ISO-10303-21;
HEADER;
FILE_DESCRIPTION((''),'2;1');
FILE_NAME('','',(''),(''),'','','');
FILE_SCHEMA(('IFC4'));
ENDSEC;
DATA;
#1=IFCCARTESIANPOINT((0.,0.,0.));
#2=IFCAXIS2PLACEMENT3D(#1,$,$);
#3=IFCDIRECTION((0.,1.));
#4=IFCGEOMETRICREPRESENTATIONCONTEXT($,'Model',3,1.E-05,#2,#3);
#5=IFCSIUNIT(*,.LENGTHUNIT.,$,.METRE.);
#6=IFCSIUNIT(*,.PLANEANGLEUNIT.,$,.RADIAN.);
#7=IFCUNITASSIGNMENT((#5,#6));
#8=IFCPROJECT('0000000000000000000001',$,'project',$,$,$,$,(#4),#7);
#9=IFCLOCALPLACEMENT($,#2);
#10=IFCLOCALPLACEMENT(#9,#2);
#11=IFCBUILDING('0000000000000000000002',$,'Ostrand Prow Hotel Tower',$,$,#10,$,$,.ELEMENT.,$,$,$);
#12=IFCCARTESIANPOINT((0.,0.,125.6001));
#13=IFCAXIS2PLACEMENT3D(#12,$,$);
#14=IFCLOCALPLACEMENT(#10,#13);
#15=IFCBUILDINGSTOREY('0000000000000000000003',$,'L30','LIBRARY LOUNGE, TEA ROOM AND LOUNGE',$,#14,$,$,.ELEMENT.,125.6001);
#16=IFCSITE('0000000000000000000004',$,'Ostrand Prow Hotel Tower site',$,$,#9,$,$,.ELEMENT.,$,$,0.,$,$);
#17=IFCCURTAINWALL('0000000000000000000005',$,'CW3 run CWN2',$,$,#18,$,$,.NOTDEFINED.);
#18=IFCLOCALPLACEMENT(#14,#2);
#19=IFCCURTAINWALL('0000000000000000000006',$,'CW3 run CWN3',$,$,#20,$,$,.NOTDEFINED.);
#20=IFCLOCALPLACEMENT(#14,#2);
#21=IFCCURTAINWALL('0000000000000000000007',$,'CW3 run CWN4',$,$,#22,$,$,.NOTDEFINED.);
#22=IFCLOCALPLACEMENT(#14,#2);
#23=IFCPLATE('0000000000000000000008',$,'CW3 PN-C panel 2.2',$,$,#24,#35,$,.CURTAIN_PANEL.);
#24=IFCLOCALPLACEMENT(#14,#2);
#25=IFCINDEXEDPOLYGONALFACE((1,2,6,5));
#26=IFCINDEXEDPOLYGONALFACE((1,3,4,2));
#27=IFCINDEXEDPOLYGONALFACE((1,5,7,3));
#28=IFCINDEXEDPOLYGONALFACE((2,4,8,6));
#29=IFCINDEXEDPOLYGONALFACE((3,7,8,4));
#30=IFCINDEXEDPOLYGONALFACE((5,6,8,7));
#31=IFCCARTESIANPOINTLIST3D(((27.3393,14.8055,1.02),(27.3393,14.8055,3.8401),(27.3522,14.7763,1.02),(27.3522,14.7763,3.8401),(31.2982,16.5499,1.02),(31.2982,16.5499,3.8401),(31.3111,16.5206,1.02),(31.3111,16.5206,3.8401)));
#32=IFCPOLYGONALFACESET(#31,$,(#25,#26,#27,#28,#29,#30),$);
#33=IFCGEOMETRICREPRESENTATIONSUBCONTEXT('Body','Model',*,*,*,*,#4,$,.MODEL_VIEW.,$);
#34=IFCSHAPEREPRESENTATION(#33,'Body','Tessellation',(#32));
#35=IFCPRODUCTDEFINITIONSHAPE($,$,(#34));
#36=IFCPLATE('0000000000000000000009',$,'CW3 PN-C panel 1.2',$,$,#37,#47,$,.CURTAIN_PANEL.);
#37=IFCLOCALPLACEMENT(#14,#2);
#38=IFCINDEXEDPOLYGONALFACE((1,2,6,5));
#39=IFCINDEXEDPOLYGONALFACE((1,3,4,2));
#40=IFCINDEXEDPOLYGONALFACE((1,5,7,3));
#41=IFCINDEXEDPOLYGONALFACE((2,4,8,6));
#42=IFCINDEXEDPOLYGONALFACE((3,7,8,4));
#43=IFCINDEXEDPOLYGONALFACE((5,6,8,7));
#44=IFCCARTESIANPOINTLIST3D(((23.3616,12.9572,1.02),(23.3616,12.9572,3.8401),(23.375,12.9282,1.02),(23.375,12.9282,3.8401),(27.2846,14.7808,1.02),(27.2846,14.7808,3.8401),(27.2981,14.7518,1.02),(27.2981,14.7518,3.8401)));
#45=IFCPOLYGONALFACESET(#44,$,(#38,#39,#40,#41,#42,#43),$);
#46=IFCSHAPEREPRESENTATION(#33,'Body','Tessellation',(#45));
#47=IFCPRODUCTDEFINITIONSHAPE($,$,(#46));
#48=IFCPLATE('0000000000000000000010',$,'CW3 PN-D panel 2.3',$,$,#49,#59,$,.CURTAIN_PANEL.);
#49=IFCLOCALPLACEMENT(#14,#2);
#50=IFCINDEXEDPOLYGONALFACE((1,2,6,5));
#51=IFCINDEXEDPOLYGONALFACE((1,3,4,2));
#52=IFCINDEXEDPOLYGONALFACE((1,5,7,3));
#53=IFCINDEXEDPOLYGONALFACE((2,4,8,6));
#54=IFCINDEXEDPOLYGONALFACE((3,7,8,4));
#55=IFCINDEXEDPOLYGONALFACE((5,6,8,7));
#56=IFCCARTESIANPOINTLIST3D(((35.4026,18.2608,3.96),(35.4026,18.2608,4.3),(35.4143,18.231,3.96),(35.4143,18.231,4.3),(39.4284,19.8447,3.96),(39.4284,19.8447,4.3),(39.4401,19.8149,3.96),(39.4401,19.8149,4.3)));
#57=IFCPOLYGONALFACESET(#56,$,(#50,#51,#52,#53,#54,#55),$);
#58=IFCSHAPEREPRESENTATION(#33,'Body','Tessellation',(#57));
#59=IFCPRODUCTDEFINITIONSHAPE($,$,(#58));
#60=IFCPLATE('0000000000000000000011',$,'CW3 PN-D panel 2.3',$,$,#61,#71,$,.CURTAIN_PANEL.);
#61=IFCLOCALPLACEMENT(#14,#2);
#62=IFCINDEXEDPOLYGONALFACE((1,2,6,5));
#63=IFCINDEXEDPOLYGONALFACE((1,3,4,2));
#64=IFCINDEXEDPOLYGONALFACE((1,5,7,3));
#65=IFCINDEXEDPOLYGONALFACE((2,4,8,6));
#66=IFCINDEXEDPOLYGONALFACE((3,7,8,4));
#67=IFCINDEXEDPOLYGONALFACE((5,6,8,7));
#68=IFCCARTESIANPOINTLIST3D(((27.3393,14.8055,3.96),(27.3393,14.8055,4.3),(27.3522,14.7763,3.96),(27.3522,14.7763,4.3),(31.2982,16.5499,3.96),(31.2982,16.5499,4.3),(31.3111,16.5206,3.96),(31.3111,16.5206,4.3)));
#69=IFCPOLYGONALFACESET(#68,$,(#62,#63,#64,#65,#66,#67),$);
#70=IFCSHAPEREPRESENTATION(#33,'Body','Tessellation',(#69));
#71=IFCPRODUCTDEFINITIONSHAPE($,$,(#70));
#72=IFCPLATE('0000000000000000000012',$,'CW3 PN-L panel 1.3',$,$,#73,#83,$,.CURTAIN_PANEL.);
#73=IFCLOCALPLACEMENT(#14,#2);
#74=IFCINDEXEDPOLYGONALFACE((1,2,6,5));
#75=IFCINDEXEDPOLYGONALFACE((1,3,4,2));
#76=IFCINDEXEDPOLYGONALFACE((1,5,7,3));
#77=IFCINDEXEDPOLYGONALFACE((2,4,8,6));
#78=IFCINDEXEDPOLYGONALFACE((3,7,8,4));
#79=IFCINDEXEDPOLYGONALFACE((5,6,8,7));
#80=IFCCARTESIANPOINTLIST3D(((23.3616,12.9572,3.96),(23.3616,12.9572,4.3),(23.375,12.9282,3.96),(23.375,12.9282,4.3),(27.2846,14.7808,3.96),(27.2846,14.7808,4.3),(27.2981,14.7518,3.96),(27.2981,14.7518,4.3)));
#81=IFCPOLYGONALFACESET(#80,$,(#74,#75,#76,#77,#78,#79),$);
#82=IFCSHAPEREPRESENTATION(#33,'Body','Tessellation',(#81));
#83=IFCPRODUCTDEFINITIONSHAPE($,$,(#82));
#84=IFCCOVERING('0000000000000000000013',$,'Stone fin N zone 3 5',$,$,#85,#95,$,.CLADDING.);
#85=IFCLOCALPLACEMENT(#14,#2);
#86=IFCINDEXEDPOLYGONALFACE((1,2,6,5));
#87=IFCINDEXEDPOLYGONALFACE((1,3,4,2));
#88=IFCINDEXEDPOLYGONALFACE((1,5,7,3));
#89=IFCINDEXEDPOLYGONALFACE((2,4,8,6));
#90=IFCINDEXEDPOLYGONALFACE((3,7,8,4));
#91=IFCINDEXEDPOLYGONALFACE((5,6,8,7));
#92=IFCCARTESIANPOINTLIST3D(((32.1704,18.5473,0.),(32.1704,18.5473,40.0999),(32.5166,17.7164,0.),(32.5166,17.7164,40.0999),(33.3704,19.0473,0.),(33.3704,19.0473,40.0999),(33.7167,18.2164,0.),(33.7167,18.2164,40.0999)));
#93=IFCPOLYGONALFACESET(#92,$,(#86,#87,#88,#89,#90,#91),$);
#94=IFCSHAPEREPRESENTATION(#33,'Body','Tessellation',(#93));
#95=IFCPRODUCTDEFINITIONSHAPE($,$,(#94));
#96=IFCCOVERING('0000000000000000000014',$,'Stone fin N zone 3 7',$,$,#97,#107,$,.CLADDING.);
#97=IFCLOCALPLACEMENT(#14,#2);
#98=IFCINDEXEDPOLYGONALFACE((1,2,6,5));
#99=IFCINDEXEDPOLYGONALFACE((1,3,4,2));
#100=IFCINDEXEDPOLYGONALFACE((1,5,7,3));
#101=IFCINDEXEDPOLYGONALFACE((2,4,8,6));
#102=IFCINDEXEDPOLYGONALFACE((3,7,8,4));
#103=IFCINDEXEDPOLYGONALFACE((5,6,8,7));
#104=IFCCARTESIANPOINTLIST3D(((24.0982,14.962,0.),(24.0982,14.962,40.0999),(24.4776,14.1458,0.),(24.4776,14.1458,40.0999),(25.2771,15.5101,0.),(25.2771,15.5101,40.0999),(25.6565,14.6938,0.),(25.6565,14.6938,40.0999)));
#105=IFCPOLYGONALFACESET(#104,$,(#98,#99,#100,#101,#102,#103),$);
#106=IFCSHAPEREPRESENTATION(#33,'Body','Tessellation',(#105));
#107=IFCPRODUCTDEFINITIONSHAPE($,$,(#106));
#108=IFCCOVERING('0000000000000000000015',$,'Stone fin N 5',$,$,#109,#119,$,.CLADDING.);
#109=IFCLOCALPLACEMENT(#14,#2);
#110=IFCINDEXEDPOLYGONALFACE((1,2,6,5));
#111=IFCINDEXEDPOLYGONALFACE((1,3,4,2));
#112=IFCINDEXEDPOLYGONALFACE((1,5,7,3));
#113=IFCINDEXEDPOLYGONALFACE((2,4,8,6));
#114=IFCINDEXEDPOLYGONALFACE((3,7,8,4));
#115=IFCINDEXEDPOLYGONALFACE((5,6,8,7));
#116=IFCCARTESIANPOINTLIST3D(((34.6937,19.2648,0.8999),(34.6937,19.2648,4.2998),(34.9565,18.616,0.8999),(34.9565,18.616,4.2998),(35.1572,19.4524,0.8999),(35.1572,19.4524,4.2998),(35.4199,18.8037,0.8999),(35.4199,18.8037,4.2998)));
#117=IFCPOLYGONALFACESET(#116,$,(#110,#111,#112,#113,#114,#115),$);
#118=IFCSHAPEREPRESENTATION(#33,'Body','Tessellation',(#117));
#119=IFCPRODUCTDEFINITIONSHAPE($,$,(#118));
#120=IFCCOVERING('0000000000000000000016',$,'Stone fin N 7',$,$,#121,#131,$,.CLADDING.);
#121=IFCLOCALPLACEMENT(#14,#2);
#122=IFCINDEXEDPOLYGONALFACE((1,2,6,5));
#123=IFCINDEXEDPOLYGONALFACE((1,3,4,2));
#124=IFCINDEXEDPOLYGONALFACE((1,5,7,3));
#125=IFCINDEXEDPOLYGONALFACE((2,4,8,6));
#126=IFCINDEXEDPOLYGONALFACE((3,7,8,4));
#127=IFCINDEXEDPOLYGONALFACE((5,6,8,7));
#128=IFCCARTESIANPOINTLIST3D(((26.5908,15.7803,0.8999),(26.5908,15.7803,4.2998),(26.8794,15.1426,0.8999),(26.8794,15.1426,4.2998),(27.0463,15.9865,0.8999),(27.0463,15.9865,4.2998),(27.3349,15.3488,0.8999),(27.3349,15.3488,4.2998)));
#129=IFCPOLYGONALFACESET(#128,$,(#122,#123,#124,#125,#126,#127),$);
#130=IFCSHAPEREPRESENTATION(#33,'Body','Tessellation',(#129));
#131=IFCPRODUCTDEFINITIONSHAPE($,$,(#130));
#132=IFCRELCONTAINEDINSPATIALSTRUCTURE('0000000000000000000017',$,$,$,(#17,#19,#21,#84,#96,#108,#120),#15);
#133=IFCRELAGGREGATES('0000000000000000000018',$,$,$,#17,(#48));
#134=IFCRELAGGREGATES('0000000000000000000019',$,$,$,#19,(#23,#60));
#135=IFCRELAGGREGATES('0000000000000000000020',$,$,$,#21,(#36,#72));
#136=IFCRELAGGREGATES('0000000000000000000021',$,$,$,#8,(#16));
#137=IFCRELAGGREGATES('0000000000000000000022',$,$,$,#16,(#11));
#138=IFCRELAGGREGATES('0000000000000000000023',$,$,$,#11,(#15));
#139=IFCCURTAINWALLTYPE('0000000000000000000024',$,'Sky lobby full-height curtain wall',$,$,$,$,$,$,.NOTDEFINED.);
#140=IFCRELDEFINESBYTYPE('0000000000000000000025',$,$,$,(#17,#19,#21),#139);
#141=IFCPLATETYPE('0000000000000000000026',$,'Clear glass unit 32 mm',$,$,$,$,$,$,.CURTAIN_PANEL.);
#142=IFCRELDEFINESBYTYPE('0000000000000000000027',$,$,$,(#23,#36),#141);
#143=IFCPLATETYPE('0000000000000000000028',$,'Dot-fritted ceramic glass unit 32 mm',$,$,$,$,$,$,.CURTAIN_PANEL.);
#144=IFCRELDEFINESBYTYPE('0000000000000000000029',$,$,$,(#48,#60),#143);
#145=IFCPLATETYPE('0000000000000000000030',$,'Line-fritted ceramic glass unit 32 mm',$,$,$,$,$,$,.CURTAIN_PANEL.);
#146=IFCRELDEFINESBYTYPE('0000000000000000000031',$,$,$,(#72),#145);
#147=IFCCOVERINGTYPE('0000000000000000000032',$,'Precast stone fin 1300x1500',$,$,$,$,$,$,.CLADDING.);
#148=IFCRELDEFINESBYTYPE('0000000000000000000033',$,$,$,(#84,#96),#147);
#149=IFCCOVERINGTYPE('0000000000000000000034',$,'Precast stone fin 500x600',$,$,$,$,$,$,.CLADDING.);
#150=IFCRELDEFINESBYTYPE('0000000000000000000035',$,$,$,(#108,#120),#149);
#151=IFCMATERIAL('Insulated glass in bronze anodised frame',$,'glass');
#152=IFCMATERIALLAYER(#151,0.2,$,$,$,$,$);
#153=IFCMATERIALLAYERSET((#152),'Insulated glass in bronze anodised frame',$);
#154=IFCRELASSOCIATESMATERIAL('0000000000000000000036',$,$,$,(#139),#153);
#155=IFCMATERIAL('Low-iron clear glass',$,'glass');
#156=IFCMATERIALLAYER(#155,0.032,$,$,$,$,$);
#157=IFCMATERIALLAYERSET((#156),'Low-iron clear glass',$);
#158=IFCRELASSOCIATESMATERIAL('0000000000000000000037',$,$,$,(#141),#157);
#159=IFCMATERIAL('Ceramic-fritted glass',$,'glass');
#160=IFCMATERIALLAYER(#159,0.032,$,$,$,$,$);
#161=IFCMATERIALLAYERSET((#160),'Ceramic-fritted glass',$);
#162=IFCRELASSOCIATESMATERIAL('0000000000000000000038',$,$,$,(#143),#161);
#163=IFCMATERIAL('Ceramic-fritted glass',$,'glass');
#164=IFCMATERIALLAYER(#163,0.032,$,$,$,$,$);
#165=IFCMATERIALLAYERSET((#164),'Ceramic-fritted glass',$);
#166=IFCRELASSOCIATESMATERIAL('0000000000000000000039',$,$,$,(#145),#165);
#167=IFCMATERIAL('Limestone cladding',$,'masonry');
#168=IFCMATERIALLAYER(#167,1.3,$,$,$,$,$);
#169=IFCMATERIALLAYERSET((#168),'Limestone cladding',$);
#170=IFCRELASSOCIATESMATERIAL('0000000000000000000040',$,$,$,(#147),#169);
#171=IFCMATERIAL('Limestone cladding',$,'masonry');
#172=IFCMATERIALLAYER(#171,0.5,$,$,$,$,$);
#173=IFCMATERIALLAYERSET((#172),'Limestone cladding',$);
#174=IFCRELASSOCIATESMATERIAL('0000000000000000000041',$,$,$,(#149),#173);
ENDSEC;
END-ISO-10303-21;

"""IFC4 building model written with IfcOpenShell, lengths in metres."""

from ifc_helpers import new_model, si_unit, direction, frame, frame_2d, origin, origin_2d, place, context, subcontext, project, spatial, rectangle, extrude, material, layer, layer_set, type_object, element, aggregate, save


model = new_model("IFC4")

# Units and contexts
model_context = context("Model", 3, precision=1e-05, world=origin(), true_north=direction((0.0, 1.0)))
body_context = subcontext(model_context, "Body", "Model", "MODEL_VIEW")
ifc_project = project(units=[si_unit("LENGTHUNIT", "METRE"), si_unit("PLANEANGLEUNIT", "RADIAN")], contexts=[model_context])

# Site, building, storey
site_placement = place(None, origin())
site = spatial("IfcSite", under=ifc_project, at=site_placement, Name="Ostrand Prow Hotel Tower site", CompositionType="ELEMENT", RefElevation=0.0)
building_placement = place(site_placement, origin())
building = spatial("IfcBuilding", under=site, at=building_placement, Name="Ostrand Prow Hotel Tower", CompositionType="ELEMENT")
storey_placement = place(building_placement, frame((0.0, 0.0, 125.6001)))
storey = spatial("IfcBuildingStorey", under=building, at=storey_placement, Name="L30", Description="LIBRARY LOUNGE, TEA ROOM AND LOUNGE", CompositionType="ELEMENT", Elevation=125.6001)

# Curtain wall
ifc_material_1 = material(Name="Insulated glass in bronze anodised frame", Category="glass")
ifc_layer_1 = layer(ifc_material_1, 0.2)
ifc_layer_set_1 = layer_set([ifc_layer_1], Name="Insulated glass in bronze anodised frame")
curtain_wall_type = type_object("IfcCurtainWallType", Name="Sky lobby full-height curtain wall", PredefinedType="NOTDEFINED", material=ifc_layer_set_1)
curtain_wall_1_placement = place(storey_placement, origin())
curtain_wall_1 = element("IfcCurtainWall", 1, at=curtain_wall_1_placement, inside=storey, type_object=curtain_wall_type, Name="CW3 run CWN2", PredefinedType="NOTDEFINED")

# Curtain walls
curtain_wall_2_placement = place(storey_placement, origin())
curtain_wall_2 = element("IfcCurtainWall", 2, at=curtain_wall_2_placement, inside=storey, type_object=curtain_wall_type, Name="CW3 run CWN3", PredefinedType="NOTDEFINED")
curtain_wall_3_placement = place(storey_placement, origin())
curtain_wall_3 = element("IfcCurtainWall", 3, at=curtain_wall_3_placement, inside=storey, type_object=curtain_wall_type, Name="CW3 run CWN4", PredefinedType="NOTDEFINED")

# Plates
ifc_material_2 = material(Name="Low-iron clear glass", Category="glass")
ifc_layer_2 = layer(ifc_material_2, 0.032)
ifc_layer_set_2 = layer_set([ifc_layer_2], Name="Low-iron clear glass")
plate_type_1 = type_object("IfcPlateType", Name="Clear glass unit 32 mm", PredefinedType="CURTAIN_PANEL", material=ifc_layer_set_2)
plate_1_placement = place(storey_placement, frame((29.3252, 15.6631, 1.02), z_axis=(0.0, 0.0, 1.0), x_axis=(-0.915106, -0.403213, 0.0)))
plate_1 = element("IfcPlate", 4, at=plate_1_placement, type_object=plate_type_1, Name="CW3 PN-C panel 2.2", PredefinedType="CURTAIN_PANEL", context=body_context, shape_type="SweptSolid", body=[
    extrude(rectangle(XDim=4.3262, YDim=0.032, at=origin_2d()), origin(), (0.0, 0.0, 1.0), 2.8201),
])
plate_2_placement = place(storey_placement, frame((25.3298, 13.8545, 1.02), z_axis=(0.0, 0.0, 1.0), x_axis=(-0.906818, -0.421522, 0.0)))
plate_2 = element("IfcPlate", 5, at=plate_2_placement, type_object=plate_type_1, Name="CW3 PN-C panel 1.2", PredefinedType="CURTAIN_PANEL", context=body_context, shape_type="SweptSolid", body=[
    extrude(rectangle(XDim=4.3262, YDim=0.032, at=origin_2d()), origin(), (0.0, 0.0, 1.0), 2.8201),
])
ifc_material_3 = material(Name="Ceramic-fritted glass", Category="glass")
ifc_layer_3 = layer(ifc_material_3, 0.032)
ifc_layer_set_3 = layer_set([ifc_layer_3], Name="Ceramic-fritted glass")
plate_type_2 = type_object("IfcPlateType", Name="Dot-fritted ceramic glass unit 32 mm", PredefinedType="CURTAIN_PANEL", material=ifc_layer_set_3)
plate_3_placement = place(storey_placement, frame((37.4214, 19.0378, 3.96), z_axis=(0.0, 0.0, 1.0), x_axis=(-0.930569, -0.366116, 0.0)))
plate_3 = element("IfcPlate", 6, at=plate_3_placement, type_object=plate_type_2, Name="CW3 PN-D panel 2.3", PredefinedType="CURTAIN_PANEL", context=body_context, shape_type="SweptSolid", body=[
    extrude(rectangle(XDim=4.3262, YDim=0.032, at=origin_2d()), origin(), (0.0, 0.0, 1.0), 0.3401),
])
aggregate(curtain_wall_1, [plate_3])
plate_4_placement = place(storey_placement, frame((29.3252, 15.6631, 3.96), z_axis=(0.0, 0.0, 1.0), x_axis=(-0.915106, -0.403213, 0.0)))
plate_4 = element("IfcPlate", 7, at=plate_4_placement, type_object=plate_type_2, Name="CW3 PN-D panel 2.3", PredefinedType="CURTAIN_PANEL", context=body_context, shape_type="SweptSolid", body=[
    extrude(rectangle(XDim=4.3262, YDim=0.032, at=origin_2d()), origin(), (0.0, 0.0, 1.0), 0.3401),
])
aggregate(curtain_wall_2, [plate_1, plate_4])
ifc_material_4 = material(Name="Ceramic-fritted glass", Category="glass")
ifc_layer_4 = layer(ifc_material_4, 0.032)
ifc_layer_set_4 = layer_set([ifc_layer_4], Name="Ceramic-fritted glass")
plate_type_3 = type_object("IfcPlateType", Name="Line-fritted ceramic glass unit 32 mm", PredefinedType="CURTAIN_PANEL", material=ifc_layer_set_4)
plate_5_placement = place(storey_placement, frame((25.3298, 13.8545, 3.96), z_axis=(0.0, 0.0, 1.0), x_axis=(-0.906818, -0.421522, 0.0)))
plate_5 = element("IfcPlate", 8, at=plate_5_placement, type_object=plate_type_3, Name="CW3 PN-L panel 1.3", PredefinedType="CURTAIN_PANEL", context=body_context, shape_type="SweptSolid", body=[
    extrude(rectangle(XDim=4.3262, YDim=0.032, at=origin_2d()), origin(), (0.0, 0.0, 1.0), 0.3401),
])
aggregate(curtain_wall_3, [plate_2, plate_5])

# Coverings
ifc_material_5 = material(Name="Limestone cladding", Category="masonry")
ifc_layer_5 = layer(ifc_material_5, 1.3)
ifc_layer_set_5 = layer_set([ifc_layer_5], Name="Limestone cladding")
covering_type_1 = type_object("IfcCoveringType", Name="Precast stone fin 1300x1500", PredefinedType="CLADDING", material=ifc_layer_set_5)
for number, where, z_axis, x_axis, name in (
    (9, (33.1167, 17.9663, 0.0), (0.0, 0.0, 1.0), (-0.384635, 0.923069, 0.0), "Stone fin N zone 3 5"),
    (10, (25.0671, 14.4197, 0.0), (0.0, 0.0, 1.0), (-0.421534, 0.906813, 0.0), "Stone fin N zone 3 7"),
):
    element("IfcCovering", number, at=place(storey_placement, frame(where, z_axis=z_axis, x_axis=x_axis)), inside=storey, type_object=covering_type_1, Name=name, PredefinedType="CLADDING", context=body_context, shape_type="SweptSolid", body=[
        extrude(rectangle(XDim=0.9001, YDim=1.3, at=frame_2d((0.4502, 0.0))), origin(), (0.0, 0.0, 1.0), 40.0999),
    ])
ifc_material_6 = material(Name="Limestone cladding", Category="masonry")
ifc_layer_6 = layer(ifc_material_6, 0.5)
ifc_layer_set_6 = layer_set([ifc_layer_6], Name="Limestone cladding")
covering_type_2 = type_object("IfcCoveringType", Name="Precast stone fin 500x600", PredefinedType="CLADDING", material=ifc_layer_set_6)
for number, where, z_axis, x_axis, name in (
    (11, (35.1882, 18.7097, 0.8999), (0.0, 0.0, 1.0), (-0.375357, 0.92688, 0.0), "Stone fin N 5"),
    (12, (27.1072, 15.2456, 0.8999), (0.0, 0.0, 1.0), (-0.412278, 0.911058, 0.0), "Stone fin N 7"),
):
    element("IfcCovering", number, at=place(storey_placement, frame(where, z_axis=z_axis, x_axis=x_axis)), inside=storey, type_object=covering_type_2, Name=name, PredefinedType="CLADDING", context=body_context, shape_type="SweptSolid", body=[
        extrude(rectangle(XDim=0.7, YDim=0.5, at=frame_2d((0.3501, 0.0))), origin(), (0.0, 0.0, 1.0), 3.3999),
    ])

save(model, "model.ifc")
